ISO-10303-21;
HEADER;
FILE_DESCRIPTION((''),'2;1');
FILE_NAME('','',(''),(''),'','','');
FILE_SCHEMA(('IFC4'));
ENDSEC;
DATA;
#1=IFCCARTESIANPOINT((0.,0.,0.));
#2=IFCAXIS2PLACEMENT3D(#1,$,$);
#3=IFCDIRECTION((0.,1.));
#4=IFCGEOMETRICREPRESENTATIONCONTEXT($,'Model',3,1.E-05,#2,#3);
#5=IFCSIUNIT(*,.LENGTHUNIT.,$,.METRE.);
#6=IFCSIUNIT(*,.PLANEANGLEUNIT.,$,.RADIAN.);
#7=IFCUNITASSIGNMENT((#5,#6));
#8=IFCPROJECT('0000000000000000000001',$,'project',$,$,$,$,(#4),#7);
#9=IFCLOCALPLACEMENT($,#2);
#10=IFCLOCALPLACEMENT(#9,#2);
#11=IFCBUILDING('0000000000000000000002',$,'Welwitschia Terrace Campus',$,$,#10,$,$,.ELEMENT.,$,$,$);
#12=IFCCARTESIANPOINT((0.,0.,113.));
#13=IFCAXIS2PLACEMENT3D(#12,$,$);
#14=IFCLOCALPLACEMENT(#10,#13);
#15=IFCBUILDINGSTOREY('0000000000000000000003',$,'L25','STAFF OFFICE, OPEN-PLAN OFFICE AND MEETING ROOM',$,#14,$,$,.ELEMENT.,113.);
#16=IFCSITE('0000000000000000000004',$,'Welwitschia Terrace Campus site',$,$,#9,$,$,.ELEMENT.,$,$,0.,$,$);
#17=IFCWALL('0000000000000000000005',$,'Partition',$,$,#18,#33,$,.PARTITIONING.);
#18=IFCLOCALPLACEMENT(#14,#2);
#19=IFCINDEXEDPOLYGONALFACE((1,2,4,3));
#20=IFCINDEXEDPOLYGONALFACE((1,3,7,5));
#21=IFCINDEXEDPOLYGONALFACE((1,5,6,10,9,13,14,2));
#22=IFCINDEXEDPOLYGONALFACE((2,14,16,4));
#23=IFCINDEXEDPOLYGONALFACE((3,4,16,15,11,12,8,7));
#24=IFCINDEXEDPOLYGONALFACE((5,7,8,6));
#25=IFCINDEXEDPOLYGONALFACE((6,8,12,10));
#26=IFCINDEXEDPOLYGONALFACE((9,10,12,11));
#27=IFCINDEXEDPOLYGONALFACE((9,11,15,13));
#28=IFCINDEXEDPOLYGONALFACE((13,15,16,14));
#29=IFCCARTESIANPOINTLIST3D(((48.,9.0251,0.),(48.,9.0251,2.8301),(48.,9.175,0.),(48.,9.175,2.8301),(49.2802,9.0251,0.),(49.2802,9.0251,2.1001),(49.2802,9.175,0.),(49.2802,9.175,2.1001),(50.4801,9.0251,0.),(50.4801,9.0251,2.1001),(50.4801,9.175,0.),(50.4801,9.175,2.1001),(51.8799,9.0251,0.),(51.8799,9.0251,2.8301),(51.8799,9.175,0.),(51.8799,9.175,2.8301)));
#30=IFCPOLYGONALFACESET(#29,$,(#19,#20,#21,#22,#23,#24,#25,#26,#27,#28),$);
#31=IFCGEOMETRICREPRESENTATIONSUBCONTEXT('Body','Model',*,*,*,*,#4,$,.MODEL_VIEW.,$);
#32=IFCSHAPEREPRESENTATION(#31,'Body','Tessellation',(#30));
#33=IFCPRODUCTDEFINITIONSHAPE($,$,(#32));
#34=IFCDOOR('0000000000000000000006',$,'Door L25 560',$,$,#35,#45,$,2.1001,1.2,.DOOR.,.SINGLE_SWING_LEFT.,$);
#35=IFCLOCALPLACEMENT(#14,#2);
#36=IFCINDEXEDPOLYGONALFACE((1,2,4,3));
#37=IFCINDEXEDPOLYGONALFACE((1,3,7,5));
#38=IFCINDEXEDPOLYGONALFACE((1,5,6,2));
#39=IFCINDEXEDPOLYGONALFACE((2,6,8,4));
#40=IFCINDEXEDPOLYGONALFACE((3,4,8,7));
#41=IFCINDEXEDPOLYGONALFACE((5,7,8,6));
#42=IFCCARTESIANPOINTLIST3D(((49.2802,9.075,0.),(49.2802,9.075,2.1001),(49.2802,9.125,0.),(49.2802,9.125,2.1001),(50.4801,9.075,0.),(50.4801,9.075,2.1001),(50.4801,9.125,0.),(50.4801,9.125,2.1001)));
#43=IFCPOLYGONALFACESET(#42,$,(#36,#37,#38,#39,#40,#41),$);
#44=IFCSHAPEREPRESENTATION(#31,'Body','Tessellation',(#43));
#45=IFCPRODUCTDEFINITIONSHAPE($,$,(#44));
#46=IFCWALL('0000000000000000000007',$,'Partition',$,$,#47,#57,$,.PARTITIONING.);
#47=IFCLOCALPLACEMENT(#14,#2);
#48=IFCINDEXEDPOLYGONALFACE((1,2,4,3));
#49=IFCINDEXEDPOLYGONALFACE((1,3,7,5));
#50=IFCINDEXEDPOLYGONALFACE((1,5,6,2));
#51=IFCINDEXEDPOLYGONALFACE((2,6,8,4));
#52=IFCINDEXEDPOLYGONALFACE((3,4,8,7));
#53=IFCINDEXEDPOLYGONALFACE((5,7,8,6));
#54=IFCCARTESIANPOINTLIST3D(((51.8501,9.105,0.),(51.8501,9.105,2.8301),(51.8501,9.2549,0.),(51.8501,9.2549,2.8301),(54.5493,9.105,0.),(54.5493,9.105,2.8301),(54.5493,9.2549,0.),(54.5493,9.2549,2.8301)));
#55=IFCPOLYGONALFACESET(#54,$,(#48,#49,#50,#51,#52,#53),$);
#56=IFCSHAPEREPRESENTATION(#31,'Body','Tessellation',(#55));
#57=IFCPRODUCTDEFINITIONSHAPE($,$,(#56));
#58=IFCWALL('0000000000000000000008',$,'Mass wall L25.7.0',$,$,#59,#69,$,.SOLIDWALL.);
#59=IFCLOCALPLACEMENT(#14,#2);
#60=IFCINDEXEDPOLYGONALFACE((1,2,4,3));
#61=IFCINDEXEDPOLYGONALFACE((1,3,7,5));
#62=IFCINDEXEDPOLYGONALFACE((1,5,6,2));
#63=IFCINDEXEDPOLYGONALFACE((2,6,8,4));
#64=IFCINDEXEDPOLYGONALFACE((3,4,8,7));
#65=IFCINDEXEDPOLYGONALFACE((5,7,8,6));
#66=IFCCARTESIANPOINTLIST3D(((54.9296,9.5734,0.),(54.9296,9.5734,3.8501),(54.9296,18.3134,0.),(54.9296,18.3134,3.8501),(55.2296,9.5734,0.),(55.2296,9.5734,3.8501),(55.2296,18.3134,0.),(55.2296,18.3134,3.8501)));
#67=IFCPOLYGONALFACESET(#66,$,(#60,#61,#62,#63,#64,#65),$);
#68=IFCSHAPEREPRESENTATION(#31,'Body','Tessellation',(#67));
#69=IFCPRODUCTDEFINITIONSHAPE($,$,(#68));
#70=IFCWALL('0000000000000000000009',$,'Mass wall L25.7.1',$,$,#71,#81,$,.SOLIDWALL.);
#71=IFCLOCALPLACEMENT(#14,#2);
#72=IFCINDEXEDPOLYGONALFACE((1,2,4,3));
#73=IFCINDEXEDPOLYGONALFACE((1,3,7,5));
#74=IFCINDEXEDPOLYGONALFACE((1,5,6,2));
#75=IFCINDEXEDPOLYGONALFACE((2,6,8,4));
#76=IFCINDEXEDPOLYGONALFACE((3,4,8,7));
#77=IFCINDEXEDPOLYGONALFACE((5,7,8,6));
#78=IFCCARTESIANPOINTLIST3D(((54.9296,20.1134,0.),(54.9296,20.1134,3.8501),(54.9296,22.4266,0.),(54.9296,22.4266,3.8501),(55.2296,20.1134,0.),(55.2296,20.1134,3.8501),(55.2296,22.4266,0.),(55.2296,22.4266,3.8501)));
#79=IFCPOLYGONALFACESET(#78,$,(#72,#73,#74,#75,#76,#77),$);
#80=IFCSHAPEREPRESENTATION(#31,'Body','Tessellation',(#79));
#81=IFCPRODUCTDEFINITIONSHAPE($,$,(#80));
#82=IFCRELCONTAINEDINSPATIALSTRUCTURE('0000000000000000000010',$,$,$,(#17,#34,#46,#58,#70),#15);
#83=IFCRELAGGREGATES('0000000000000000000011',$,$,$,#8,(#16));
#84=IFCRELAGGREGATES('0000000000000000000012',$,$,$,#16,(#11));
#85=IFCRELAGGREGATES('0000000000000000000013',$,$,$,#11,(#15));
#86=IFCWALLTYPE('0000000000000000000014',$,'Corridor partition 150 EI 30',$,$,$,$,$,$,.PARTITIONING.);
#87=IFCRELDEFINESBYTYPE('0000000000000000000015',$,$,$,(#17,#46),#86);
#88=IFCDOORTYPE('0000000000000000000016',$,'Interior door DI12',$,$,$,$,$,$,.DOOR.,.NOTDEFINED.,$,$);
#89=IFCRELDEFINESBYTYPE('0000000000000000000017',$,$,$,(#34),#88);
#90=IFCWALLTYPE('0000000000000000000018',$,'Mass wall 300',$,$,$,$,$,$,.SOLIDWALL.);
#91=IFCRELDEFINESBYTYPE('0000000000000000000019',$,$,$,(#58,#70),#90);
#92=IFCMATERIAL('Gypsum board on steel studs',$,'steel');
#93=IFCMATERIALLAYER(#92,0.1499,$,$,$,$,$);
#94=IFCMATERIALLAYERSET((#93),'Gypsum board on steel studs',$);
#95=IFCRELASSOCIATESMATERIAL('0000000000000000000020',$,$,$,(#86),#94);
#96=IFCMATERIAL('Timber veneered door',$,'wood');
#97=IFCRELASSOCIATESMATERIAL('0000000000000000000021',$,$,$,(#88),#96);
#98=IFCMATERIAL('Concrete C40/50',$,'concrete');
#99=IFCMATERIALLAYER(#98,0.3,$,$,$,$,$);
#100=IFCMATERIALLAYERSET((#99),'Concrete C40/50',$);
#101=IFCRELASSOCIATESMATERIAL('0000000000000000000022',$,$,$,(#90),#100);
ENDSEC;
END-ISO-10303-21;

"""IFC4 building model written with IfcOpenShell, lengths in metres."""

from ifc_helpers import new_model, si_unit, direction, frame, frame_2d, origin, place, context, subcontext, project, spatial, rectangle, extrude, material, layer, layer_set, type_object, element, fill, save


model = new_model("IFC4")

# Units and contexts
model_context = context("Model", 3, precision=1e-05, world=origin(), true_north=direction((0.0, 1.0)))
body_context = subcontext(model_context, "Body", "Model", "MODEL_VIEW")
ifc_project = project(units=[si_unit("LENGTHUNIT", "METRE"), si_unit("PLANEANGLEUNIT", "RADIAN")], contexts=[model_context])

# Site, building, storey
site_placement = place(None, origin())
site = spatial("IfcSite", under=ifc_project, at=site_placement, Name="Welwitschia Terrace Campus site", CompositionType="ELEMENT", RefElevation=0.0)
building_placement = place(site_placement, origin())
building = spatial("IfcBuilding", under=site, at=building_placement, Name="Welwitschia Terrace Campus", CompositionType="ELEMENT")
storey_placement = place(building_placement, frame((0.0, 0.0, 113.0)))
storey = spatial("IfcBuildingStorey", under=building, at=storey_placement, Name="L25", Description="STAFF OFFICE, OPEN-PLAN OFFICE AND MEETING ROOM", CompositionType="ELEMENT", Elevation=113.0)

# Wall, opening, door
ifc_material_1 = material(Name="Gypsum board on steel studs", Category="steel")
ifc_layer_1 = layer(ifc_material_1, 0.1499)
ifc_layer_set_1 = layer_set([ifc_layer_1], Name="Gypsum board on steel studs")
wall_type_1 = type_object("IfcWallType", Name="Corridor partition 150 EI 30", PredefinedType="PARTITIONING", material=ifc_layer_set_1)
wall_1_placement = place(storey_placement, frame((48.0, 9.1001, 0.0), z_axis=(0.0, 0.0, 1.0), x_axis=(1.0, 0.0, 0.0)))
wall_1 = element("IfcWall", 1, at=wall_1_placement, inside=storey, type_object=wall_type_1, Name="Partition", PredefinedType="PARTITIONING", context=body_context, shape_type="SweptSolid", body=[
    extrude(rectangle(XDim=3.8799, YDim=0.1499, at=frame_2d((1.9399, 0.0))), origin(), (0.0, 0.0, 1.0), 2.8301),
])
opening_placement = place(wall_1_placement, frame((1.28, 0.0, 0.0)))
opening = element("IfcOpeningElement", 2, at=opening_placement, cuts=wall_1, PredefinedType="OPENING", context=body_context, shape_type="SweptSolid", body=[
    extrude(rectangle(XDim=1.2, YDim=2.1001, at=frame_2d((0.6001, 1.05))), frame((0.0, 0.085, 0.0), z_axis=(0.0, -1.0, 0.0), x_axis=(1.0, 0.0, 0.0)), (0.0, 0.0, 1.0), 0.1699),
])
ifc_material_2 = material(Name="Timber veneered door", Category="wood")
door_type = type_object("IfcDoorType", Name="Interior door DI12", OperationType="NOTDEFINED", PredefinedType="DOOR", material=ifc_material_2)
door_placement = place(opening_placement, origin())
door = element("IfcDoor", 3, at=door_placement, inside=storey, type_object=door_type, Name="Door L25 560", OperationType="SINGLE_SWING_LEFT", OverallHeight=2.1001, OverallWidth=1.2, PredefinedType="DOOR", context=body_context, shape_type="SweptSolid", body=[
    extrude(rectangle(XDim=1.2, YDim=2.1001, at=frame_2d((0.6001, 1.05))), frame((0.0, 0.0249, 0.0), z_axis=(0.0, -1.0, 0.0), x_axis=(1.0, 0.0, 0.0)), (0.0, 0.0, 1.0), 0.05),
])
fill(opening, door)

# Walls
wall_2_placement = place(storey_placement, frame((51.8501, 9.1799, 0.0), z_axis=(0.0, 0.0, 1.0), x_axis=(1.0, 0.0, 0.0)))
element("IfcWall", 4, at=wall_2_placement, inside=storey, type_object=wall_type_1, Name="Partition", PredefinedType="PARTITIONING", context=body_context, shape_type="SweptSolid", body=[
    extrude(rectangle(XDim=2.6992, YDim=0.1499, at=frame_2d((1.3496, 0.0))), origin(), (0.0, 0.0, 1.0), 2.8301),
])
ifc_material_3 = material(Name="Concrete C40/50", Category="concrete")
ifc_layer_2 = layer(ifc_material_3, 0.3)
ifc_layer_set_2 = layer_set([ifc_layer_2], Name="Concrete C40/50")
wall_type_2 = type_object("IfcWallType", Name="Mass wall 300", PredefinedType="SOLIDWALL", material=ifc_layer_set_2)
wall_3_placement = place(storey_placement, frame((55.0796, 9.5732, 0.0), z_axis=(0.0, 0.0, 1.0), x_axis=(0.0, 1.0, 0.0)))
element("IfcWall", 5, at=wall_3_placement, inside=storey, type_object=wall_type_2, Name="Mass wall L25.7.0", PredefinedType="SOLIDWALL", context=body_context, shape_type="SweptSolid", body=[
    extrude(rectangle(XDim=8.74, YDim=0.3, at=frame_2d((4.3701, 0.0))), origin(), (0.0, 0.0, 1.0), 3.8501),
])
wall_4_placement = place(storey_placement, frame((55.0796, 20.1133, 0.0), z_axis=(0.0, 0.0, 1.0), x_axis=(0.0, 1.0, 0.0)))
element("IfcWall", 6, at=wall_4_placement, inside=storey, type_object=wall_type_2, Name="Mass wall L25.7.1", PredefinedType="SOLIDWALL", context=body_context, shape_type="SweptSolid", body=[
    extrude(rectangle(XDim=2.3132, YDim=0.3, at=frame_2d((1.1567, 0.0))), origin(), (0.0, 0.0, 1.0), 3.8501),
])

save(model, "model.ifc")
